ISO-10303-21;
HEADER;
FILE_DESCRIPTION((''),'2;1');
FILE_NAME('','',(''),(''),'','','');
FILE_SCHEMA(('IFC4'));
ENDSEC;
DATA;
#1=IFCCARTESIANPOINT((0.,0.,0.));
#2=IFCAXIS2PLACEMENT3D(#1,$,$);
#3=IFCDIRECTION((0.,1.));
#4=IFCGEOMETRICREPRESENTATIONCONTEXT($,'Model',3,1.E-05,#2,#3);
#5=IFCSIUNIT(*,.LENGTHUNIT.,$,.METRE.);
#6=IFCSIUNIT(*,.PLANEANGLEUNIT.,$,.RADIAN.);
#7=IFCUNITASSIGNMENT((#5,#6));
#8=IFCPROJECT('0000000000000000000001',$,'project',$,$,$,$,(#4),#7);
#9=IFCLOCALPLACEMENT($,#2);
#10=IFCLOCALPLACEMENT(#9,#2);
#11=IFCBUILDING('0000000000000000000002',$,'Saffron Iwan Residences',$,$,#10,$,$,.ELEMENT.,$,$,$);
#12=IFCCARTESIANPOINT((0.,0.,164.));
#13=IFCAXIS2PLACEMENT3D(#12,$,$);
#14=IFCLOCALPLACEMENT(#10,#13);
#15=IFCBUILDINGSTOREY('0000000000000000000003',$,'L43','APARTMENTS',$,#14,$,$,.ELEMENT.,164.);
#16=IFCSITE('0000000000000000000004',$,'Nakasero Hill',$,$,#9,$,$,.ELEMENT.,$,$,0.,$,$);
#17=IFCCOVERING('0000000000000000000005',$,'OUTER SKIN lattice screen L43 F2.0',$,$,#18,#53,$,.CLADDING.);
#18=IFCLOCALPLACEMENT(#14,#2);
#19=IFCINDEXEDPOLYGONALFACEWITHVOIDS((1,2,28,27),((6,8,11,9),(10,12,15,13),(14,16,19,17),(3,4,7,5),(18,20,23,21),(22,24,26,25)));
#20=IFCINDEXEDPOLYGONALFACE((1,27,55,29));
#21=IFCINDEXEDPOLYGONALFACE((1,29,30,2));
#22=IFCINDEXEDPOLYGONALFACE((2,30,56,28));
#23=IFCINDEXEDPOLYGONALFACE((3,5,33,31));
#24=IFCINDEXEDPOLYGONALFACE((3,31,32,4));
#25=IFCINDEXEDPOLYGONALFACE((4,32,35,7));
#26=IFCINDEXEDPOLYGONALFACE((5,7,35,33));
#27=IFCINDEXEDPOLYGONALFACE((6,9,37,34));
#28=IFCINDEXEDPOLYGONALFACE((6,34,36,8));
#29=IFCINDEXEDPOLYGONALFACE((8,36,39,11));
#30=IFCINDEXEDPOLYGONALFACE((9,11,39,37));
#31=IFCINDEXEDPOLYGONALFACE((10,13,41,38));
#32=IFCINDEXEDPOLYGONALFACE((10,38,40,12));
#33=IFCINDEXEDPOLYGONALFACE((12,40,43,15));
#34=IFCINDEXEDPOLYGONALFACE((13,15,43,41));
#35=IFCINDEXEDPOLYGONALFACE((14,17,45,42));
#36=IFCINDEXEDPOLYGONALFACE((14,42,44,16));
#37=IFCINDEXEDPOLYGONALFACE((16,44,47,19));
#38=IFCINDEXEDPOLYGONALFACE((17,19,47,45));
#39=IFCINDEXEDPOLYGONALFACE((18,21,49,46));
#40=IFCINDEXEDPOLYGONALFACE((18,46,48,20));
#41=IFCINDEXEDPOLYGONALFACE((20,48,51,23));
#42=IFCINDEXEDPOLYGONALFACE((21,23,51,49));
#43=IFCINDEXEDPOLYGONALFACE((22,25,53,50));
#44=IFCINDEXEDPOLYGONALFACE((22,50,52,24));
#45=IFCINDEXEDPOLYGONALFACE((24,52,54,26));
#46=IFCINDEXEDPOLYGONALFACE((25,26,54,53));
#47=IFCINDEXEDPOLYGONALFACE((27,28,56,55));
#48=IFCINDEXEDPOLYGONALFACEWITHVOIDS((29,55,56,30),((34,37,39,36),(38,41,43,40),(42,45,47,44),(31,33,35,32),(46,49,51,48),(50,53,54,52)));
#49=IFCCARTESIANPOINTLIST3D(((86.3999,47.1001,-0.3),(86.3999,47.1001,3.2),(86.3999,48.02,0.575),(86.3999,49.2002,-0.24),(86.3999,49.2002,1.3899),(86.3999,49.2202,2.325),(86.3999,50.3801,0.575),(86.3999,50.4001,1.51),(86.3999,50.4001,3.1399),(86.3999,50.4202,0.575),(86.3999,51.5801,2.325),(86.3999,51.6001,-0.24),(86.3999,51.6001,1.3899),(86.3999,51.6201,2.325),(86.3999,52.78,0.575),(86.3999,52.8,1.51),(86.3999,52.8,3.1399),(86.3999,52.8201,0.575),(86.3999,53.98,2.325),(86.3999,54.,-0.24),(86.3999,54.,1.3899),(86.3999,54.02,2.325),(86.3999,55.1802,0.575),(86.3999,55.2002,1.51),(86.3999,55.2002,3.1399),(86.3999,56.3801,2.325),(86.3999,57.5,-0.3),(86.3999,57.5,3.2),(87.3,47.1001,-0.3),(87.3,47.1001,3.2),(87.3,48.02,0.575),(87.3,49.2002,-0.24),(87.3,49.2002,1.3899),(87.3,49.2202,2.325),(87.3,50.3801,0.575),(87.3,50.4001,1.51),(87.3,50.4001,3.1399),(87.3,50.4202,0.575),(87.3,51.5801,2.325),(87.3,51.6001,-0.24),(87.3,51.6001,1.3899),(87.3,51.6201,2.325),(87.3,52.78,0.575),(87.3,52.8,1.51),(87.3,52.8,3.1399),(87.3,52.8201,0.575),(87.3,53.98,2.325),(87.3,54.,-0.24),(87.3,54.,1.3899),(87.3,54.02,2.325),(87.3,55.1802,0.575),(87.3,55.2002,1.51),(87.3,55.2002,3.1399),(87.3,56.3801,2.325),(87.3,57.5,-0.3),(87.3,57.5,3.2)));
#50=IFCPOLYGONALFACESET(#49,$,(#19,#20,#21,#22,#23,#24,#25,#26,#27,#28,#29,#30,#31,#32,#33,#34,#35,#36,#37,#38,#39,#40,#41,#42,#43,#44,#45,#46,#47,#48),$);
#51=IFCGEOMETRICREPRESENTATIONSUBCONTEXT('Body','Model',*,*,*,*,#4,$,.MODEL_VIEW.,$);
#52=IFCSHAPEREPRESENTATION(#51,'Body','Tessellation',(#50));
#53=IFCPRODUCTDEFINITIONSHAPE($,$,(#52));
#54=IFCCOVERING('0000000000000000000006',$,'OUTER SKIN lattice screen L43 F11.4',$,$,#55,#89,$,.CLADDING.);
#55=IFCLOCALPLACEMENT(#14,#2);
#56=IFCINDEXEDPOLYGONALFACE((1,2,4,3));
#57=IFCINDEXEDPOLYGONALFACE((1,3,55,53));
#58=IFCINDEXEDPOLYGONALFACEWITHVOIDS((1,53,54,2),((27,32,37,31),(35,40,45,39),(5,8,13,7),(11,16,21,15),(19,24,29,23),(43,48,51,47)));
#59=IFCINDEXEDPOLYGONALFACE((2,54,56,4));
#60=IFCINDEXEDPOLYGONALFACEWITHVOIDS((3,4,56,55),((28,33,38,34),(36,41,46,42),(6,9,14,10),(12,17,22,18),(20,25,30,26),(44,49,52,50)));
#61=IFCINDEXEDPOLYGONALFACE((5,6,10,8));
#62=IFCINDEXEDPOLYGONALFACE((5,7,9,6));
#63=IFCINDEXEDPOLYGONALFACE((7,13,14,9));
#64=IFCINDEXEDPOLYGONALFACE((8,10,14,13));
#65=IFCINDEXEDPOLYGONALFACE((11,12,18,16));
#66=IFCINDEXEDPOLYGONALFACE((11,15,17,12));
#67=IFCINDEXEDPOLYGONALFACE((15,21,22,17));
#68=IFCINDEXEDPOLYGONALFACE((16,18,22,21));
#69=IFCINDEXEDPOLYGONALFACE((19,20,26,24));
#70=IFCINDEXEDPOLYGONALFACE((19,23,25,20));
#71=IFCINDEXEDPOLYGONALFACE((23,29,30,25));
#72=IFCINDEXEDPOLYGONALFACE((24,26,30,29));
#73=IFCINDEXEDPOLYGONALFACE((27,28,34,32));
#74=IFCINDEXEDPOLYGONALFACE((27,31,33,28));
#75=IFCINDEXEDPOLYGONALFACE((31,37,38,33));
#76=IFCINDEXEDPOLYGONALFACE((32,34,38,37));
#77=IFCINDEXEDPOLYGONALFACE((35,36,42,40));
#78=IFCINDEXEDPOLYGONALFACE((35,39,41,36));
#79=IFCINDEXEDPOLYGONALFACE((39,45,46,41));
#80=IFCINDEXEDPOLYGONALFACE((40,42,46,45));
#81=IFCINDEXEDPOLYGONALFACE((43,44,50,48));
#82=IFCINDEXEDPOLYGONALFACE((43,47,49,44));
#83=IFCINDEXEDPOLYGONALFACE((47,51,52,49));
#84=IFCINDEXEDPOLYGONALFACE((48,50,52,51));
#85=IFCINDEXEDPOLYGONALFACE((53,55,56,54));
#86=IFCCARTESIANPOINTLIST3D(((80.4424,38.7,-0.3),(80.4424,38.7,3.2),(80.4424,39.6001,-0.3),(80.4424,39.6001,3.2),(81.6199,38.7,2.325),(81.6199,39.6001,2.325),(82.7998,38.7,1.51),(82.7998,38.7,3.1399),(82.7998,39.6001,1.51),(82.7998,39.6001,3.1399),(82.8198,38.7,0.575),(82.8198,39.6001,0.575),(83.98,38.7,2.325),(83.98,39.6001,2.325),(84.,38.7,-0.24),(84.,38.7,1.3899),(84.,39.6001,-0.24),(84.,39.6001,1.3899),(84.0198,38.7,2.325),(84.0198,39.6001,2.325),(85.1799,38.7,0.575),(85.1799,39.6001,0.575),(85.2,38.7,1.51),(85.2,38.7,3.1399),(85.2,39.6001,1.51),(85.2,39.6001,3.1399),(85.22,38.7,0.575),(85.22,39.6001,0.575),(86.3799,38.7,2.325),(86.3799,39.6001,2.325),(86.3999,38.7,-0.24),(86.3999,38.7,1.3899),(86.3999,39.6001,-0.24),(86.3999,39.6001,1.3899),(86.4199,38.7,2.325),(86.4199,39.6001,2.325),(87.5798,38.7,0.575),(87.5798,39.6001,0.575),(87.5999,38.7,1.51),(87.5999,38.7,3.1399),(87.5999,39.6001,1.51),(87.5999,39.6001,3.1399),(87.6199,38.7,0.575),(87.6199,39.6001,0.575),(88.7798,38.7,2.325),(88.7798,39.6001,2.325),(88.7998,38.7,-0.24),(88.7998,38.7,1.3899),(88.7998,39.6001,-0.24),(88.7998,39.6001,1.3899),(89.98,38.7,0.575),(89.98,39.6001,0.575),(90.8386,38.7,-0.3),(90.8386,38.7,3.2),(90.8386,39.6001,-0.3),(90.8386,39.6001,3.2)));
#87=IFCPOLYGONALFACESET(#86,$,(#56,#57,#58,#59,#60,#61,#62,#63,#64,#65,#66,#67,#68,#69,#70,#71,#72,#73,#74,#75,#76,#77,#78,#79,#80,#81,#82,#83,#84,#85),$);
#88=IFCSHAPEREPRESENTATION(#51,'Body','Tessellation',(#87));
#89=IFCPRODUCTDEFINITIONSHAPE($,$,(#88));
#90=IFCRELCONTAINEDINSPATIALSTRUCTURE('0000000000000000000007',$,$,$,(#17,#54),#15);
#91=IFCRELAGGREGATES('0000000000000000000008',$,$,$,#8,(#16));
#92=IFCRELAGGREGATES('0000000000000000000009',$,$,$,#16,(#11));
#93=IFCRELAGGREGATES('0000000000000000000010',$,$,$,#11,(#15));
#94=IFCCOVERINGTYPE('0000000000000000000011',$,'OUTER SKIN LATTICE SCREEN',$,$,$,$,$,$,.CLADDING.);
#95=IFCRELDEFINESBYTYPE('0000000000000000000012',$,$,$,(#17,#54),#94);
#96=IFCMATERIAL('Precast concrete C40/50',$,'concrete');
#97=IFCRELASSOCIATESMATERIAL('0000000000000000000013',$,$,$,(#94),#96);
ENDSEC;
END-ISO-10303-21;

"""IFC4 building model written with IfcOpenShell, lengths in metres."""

from ifc_helpers import new_model, si_unit, direction, frame, origin, place, context, subcontext, project, spatial, polyline, outline, extrude, material, type_object, element, save


model = new_model("IFC4")

# Units and contexts
model_context = context("Model", 3, precision=1e-05, world=origin(), true_north=direction((0.0, 1.0)))
body_context = subcontext(model_context, "Body", "Model", "MODEL_VIEW")
ifc_project = project(units=[si_unit("LENGTHUNIT", "METRE"), si_unit("PLANEANGLEUNIT", "RADIAN")], contexts=[model_context])

# Site, building, storey
site_placement = place(None, origin())
site = spatial("IfcSite", under=ifc_project, at=site_placement, Name="Nakasero Hill", CompositionType="ELEMENT", RefElevation=0.0)
building_placement = place(site_placement, origin())
building = spatial("IfcBuilding", under=site, at=building_placement, Name="Saffron Iwan Residences", CompositionType="ELEMENT")
storey_placement = place(building_placement, frame((0.0, 0.0, 164.0)))
storey = spatial("IfcBuildingStorey", under=building, at=storey_placement, Name="L43", Description="APARTMENTS", CompositionType="ELEMENT", Elevation=164.0)

# Coverings
ifc_material_1 = material(Name="Precast concrete C40/50", Category="concrete")
covering_type = type_object("IfcCoveringType", Name="OUTER SKIN LATTICE SCREEN", PredefinedType="CLADDING", material=ifc_material_1)
covering_1_placement = place(storey_placement, frame((86.3999, 47.1001, -0.3), z_axis=(1.0, 0.0, 0.0), x_axis=(0.0, 1.0, 0.0)))
element("IfcCovering", 1, at=covering_1_placement, inside=storey, type_object=covering_type, Name="OUTER SKIN lattice screen L43 F2.0", PredefinedType="CLADDING", context=body_context, shape_type="SweptSolid", body=[
    extrude(outline(polyline([(0.0, 0.0), (10.3999, 0.0), (10.3999, 3.5), (0.0, 3.5), (0.0, 0.0)]), holes=[polyline([(0.9199, 0.875), (2.1001, 0.0601), (3.28, 0.875), (2.1001, 1.6899), (0.9199, 0.875)]), polyline([(3.3201, 0.875), (4.5, 0.0601), (5.6799, 0.875), (4.5, 1.6899), (3.3201, 0.875)]), polyline([(5.72, 0.875), (6.8999, 0.0601), (8.0801, 0.875), (6.8999, 1.6899), (5.72, 0.875)]), polyline([(2.1201, 2.625), (3.3, 1.8101), (4.48, 2.625), (3.3, 3.4399), (2.1201, 2.625)]), polyline([(4.52, 2.625), (5.7, 1.8101), (6.8799, 2.625), (5.7, 3.4399), (4.52, 2.625)]), polyline([(6.9199, 2.625), (8.1001, 1.8101), (9.28, 2.625), (8.1001, 3.4399), (6.9199, 2.625)])]), origin(), (0.0, 0.0, 1.0), 0.9001),
])
covering_2_placement = place(storey_placement, frame((80.4424, 39.6001, -0.3), z_axis=(0.0, -1.0, 0.0), x_axis=(1.0, 0.0, 0.0)))
element("IfcCovering", 2, at=covering_2_placement, inside=storey, type_object=covering_type, Name="OUTER SKIN lattice screen L43 F11.4", PredefinedType="CLADDING", context=body_context, shape_type="SweptSolid", body=[
    extrude(outline(polyline([(0.0, 0.0), (10.3962, 0.0), (10.3962, 3.5), (0.0, 3.5), (0.0, 0.0)]), holes=[polyline([(2.3774, 0.875), (3.5576, 0.0601), (4.7375, 0.875), (3.5576, 1.6899), (2.3774, 0.875)]), polyline([(4.7776, 0.875), (5.9575, 0.0601), (7.1375, 0.875), (5.9575, 1.6899), (4.7776, 0.875)]), polyline([(7.1775, 0.875), (8.3574, 0.0601), (9.5376, 0.875), (8.3574, 1.6899), (7.1775, 0.875)]), polyline([(1.1775, 2.625), (2.3574, 1.8101), (3.5376, 2.625), (2.3574, 3.4399), (1.1775, 2.625)]), polyline([(3.5774, 2.625), (4.7576, 1.8101), (5.9375, 2.625), (4.7576, 3.4399), (3.5774, 2.625)]), polyline([(5.9775, 2.625), (7.1575, 1.8101), (8.3374, 2.625), (7.1575, 3.4399), (5.9775, 2.625)])]), origin(), (0.0, 0.0, 1.0), 0.9001),
])

save(model, "model.ifc")
